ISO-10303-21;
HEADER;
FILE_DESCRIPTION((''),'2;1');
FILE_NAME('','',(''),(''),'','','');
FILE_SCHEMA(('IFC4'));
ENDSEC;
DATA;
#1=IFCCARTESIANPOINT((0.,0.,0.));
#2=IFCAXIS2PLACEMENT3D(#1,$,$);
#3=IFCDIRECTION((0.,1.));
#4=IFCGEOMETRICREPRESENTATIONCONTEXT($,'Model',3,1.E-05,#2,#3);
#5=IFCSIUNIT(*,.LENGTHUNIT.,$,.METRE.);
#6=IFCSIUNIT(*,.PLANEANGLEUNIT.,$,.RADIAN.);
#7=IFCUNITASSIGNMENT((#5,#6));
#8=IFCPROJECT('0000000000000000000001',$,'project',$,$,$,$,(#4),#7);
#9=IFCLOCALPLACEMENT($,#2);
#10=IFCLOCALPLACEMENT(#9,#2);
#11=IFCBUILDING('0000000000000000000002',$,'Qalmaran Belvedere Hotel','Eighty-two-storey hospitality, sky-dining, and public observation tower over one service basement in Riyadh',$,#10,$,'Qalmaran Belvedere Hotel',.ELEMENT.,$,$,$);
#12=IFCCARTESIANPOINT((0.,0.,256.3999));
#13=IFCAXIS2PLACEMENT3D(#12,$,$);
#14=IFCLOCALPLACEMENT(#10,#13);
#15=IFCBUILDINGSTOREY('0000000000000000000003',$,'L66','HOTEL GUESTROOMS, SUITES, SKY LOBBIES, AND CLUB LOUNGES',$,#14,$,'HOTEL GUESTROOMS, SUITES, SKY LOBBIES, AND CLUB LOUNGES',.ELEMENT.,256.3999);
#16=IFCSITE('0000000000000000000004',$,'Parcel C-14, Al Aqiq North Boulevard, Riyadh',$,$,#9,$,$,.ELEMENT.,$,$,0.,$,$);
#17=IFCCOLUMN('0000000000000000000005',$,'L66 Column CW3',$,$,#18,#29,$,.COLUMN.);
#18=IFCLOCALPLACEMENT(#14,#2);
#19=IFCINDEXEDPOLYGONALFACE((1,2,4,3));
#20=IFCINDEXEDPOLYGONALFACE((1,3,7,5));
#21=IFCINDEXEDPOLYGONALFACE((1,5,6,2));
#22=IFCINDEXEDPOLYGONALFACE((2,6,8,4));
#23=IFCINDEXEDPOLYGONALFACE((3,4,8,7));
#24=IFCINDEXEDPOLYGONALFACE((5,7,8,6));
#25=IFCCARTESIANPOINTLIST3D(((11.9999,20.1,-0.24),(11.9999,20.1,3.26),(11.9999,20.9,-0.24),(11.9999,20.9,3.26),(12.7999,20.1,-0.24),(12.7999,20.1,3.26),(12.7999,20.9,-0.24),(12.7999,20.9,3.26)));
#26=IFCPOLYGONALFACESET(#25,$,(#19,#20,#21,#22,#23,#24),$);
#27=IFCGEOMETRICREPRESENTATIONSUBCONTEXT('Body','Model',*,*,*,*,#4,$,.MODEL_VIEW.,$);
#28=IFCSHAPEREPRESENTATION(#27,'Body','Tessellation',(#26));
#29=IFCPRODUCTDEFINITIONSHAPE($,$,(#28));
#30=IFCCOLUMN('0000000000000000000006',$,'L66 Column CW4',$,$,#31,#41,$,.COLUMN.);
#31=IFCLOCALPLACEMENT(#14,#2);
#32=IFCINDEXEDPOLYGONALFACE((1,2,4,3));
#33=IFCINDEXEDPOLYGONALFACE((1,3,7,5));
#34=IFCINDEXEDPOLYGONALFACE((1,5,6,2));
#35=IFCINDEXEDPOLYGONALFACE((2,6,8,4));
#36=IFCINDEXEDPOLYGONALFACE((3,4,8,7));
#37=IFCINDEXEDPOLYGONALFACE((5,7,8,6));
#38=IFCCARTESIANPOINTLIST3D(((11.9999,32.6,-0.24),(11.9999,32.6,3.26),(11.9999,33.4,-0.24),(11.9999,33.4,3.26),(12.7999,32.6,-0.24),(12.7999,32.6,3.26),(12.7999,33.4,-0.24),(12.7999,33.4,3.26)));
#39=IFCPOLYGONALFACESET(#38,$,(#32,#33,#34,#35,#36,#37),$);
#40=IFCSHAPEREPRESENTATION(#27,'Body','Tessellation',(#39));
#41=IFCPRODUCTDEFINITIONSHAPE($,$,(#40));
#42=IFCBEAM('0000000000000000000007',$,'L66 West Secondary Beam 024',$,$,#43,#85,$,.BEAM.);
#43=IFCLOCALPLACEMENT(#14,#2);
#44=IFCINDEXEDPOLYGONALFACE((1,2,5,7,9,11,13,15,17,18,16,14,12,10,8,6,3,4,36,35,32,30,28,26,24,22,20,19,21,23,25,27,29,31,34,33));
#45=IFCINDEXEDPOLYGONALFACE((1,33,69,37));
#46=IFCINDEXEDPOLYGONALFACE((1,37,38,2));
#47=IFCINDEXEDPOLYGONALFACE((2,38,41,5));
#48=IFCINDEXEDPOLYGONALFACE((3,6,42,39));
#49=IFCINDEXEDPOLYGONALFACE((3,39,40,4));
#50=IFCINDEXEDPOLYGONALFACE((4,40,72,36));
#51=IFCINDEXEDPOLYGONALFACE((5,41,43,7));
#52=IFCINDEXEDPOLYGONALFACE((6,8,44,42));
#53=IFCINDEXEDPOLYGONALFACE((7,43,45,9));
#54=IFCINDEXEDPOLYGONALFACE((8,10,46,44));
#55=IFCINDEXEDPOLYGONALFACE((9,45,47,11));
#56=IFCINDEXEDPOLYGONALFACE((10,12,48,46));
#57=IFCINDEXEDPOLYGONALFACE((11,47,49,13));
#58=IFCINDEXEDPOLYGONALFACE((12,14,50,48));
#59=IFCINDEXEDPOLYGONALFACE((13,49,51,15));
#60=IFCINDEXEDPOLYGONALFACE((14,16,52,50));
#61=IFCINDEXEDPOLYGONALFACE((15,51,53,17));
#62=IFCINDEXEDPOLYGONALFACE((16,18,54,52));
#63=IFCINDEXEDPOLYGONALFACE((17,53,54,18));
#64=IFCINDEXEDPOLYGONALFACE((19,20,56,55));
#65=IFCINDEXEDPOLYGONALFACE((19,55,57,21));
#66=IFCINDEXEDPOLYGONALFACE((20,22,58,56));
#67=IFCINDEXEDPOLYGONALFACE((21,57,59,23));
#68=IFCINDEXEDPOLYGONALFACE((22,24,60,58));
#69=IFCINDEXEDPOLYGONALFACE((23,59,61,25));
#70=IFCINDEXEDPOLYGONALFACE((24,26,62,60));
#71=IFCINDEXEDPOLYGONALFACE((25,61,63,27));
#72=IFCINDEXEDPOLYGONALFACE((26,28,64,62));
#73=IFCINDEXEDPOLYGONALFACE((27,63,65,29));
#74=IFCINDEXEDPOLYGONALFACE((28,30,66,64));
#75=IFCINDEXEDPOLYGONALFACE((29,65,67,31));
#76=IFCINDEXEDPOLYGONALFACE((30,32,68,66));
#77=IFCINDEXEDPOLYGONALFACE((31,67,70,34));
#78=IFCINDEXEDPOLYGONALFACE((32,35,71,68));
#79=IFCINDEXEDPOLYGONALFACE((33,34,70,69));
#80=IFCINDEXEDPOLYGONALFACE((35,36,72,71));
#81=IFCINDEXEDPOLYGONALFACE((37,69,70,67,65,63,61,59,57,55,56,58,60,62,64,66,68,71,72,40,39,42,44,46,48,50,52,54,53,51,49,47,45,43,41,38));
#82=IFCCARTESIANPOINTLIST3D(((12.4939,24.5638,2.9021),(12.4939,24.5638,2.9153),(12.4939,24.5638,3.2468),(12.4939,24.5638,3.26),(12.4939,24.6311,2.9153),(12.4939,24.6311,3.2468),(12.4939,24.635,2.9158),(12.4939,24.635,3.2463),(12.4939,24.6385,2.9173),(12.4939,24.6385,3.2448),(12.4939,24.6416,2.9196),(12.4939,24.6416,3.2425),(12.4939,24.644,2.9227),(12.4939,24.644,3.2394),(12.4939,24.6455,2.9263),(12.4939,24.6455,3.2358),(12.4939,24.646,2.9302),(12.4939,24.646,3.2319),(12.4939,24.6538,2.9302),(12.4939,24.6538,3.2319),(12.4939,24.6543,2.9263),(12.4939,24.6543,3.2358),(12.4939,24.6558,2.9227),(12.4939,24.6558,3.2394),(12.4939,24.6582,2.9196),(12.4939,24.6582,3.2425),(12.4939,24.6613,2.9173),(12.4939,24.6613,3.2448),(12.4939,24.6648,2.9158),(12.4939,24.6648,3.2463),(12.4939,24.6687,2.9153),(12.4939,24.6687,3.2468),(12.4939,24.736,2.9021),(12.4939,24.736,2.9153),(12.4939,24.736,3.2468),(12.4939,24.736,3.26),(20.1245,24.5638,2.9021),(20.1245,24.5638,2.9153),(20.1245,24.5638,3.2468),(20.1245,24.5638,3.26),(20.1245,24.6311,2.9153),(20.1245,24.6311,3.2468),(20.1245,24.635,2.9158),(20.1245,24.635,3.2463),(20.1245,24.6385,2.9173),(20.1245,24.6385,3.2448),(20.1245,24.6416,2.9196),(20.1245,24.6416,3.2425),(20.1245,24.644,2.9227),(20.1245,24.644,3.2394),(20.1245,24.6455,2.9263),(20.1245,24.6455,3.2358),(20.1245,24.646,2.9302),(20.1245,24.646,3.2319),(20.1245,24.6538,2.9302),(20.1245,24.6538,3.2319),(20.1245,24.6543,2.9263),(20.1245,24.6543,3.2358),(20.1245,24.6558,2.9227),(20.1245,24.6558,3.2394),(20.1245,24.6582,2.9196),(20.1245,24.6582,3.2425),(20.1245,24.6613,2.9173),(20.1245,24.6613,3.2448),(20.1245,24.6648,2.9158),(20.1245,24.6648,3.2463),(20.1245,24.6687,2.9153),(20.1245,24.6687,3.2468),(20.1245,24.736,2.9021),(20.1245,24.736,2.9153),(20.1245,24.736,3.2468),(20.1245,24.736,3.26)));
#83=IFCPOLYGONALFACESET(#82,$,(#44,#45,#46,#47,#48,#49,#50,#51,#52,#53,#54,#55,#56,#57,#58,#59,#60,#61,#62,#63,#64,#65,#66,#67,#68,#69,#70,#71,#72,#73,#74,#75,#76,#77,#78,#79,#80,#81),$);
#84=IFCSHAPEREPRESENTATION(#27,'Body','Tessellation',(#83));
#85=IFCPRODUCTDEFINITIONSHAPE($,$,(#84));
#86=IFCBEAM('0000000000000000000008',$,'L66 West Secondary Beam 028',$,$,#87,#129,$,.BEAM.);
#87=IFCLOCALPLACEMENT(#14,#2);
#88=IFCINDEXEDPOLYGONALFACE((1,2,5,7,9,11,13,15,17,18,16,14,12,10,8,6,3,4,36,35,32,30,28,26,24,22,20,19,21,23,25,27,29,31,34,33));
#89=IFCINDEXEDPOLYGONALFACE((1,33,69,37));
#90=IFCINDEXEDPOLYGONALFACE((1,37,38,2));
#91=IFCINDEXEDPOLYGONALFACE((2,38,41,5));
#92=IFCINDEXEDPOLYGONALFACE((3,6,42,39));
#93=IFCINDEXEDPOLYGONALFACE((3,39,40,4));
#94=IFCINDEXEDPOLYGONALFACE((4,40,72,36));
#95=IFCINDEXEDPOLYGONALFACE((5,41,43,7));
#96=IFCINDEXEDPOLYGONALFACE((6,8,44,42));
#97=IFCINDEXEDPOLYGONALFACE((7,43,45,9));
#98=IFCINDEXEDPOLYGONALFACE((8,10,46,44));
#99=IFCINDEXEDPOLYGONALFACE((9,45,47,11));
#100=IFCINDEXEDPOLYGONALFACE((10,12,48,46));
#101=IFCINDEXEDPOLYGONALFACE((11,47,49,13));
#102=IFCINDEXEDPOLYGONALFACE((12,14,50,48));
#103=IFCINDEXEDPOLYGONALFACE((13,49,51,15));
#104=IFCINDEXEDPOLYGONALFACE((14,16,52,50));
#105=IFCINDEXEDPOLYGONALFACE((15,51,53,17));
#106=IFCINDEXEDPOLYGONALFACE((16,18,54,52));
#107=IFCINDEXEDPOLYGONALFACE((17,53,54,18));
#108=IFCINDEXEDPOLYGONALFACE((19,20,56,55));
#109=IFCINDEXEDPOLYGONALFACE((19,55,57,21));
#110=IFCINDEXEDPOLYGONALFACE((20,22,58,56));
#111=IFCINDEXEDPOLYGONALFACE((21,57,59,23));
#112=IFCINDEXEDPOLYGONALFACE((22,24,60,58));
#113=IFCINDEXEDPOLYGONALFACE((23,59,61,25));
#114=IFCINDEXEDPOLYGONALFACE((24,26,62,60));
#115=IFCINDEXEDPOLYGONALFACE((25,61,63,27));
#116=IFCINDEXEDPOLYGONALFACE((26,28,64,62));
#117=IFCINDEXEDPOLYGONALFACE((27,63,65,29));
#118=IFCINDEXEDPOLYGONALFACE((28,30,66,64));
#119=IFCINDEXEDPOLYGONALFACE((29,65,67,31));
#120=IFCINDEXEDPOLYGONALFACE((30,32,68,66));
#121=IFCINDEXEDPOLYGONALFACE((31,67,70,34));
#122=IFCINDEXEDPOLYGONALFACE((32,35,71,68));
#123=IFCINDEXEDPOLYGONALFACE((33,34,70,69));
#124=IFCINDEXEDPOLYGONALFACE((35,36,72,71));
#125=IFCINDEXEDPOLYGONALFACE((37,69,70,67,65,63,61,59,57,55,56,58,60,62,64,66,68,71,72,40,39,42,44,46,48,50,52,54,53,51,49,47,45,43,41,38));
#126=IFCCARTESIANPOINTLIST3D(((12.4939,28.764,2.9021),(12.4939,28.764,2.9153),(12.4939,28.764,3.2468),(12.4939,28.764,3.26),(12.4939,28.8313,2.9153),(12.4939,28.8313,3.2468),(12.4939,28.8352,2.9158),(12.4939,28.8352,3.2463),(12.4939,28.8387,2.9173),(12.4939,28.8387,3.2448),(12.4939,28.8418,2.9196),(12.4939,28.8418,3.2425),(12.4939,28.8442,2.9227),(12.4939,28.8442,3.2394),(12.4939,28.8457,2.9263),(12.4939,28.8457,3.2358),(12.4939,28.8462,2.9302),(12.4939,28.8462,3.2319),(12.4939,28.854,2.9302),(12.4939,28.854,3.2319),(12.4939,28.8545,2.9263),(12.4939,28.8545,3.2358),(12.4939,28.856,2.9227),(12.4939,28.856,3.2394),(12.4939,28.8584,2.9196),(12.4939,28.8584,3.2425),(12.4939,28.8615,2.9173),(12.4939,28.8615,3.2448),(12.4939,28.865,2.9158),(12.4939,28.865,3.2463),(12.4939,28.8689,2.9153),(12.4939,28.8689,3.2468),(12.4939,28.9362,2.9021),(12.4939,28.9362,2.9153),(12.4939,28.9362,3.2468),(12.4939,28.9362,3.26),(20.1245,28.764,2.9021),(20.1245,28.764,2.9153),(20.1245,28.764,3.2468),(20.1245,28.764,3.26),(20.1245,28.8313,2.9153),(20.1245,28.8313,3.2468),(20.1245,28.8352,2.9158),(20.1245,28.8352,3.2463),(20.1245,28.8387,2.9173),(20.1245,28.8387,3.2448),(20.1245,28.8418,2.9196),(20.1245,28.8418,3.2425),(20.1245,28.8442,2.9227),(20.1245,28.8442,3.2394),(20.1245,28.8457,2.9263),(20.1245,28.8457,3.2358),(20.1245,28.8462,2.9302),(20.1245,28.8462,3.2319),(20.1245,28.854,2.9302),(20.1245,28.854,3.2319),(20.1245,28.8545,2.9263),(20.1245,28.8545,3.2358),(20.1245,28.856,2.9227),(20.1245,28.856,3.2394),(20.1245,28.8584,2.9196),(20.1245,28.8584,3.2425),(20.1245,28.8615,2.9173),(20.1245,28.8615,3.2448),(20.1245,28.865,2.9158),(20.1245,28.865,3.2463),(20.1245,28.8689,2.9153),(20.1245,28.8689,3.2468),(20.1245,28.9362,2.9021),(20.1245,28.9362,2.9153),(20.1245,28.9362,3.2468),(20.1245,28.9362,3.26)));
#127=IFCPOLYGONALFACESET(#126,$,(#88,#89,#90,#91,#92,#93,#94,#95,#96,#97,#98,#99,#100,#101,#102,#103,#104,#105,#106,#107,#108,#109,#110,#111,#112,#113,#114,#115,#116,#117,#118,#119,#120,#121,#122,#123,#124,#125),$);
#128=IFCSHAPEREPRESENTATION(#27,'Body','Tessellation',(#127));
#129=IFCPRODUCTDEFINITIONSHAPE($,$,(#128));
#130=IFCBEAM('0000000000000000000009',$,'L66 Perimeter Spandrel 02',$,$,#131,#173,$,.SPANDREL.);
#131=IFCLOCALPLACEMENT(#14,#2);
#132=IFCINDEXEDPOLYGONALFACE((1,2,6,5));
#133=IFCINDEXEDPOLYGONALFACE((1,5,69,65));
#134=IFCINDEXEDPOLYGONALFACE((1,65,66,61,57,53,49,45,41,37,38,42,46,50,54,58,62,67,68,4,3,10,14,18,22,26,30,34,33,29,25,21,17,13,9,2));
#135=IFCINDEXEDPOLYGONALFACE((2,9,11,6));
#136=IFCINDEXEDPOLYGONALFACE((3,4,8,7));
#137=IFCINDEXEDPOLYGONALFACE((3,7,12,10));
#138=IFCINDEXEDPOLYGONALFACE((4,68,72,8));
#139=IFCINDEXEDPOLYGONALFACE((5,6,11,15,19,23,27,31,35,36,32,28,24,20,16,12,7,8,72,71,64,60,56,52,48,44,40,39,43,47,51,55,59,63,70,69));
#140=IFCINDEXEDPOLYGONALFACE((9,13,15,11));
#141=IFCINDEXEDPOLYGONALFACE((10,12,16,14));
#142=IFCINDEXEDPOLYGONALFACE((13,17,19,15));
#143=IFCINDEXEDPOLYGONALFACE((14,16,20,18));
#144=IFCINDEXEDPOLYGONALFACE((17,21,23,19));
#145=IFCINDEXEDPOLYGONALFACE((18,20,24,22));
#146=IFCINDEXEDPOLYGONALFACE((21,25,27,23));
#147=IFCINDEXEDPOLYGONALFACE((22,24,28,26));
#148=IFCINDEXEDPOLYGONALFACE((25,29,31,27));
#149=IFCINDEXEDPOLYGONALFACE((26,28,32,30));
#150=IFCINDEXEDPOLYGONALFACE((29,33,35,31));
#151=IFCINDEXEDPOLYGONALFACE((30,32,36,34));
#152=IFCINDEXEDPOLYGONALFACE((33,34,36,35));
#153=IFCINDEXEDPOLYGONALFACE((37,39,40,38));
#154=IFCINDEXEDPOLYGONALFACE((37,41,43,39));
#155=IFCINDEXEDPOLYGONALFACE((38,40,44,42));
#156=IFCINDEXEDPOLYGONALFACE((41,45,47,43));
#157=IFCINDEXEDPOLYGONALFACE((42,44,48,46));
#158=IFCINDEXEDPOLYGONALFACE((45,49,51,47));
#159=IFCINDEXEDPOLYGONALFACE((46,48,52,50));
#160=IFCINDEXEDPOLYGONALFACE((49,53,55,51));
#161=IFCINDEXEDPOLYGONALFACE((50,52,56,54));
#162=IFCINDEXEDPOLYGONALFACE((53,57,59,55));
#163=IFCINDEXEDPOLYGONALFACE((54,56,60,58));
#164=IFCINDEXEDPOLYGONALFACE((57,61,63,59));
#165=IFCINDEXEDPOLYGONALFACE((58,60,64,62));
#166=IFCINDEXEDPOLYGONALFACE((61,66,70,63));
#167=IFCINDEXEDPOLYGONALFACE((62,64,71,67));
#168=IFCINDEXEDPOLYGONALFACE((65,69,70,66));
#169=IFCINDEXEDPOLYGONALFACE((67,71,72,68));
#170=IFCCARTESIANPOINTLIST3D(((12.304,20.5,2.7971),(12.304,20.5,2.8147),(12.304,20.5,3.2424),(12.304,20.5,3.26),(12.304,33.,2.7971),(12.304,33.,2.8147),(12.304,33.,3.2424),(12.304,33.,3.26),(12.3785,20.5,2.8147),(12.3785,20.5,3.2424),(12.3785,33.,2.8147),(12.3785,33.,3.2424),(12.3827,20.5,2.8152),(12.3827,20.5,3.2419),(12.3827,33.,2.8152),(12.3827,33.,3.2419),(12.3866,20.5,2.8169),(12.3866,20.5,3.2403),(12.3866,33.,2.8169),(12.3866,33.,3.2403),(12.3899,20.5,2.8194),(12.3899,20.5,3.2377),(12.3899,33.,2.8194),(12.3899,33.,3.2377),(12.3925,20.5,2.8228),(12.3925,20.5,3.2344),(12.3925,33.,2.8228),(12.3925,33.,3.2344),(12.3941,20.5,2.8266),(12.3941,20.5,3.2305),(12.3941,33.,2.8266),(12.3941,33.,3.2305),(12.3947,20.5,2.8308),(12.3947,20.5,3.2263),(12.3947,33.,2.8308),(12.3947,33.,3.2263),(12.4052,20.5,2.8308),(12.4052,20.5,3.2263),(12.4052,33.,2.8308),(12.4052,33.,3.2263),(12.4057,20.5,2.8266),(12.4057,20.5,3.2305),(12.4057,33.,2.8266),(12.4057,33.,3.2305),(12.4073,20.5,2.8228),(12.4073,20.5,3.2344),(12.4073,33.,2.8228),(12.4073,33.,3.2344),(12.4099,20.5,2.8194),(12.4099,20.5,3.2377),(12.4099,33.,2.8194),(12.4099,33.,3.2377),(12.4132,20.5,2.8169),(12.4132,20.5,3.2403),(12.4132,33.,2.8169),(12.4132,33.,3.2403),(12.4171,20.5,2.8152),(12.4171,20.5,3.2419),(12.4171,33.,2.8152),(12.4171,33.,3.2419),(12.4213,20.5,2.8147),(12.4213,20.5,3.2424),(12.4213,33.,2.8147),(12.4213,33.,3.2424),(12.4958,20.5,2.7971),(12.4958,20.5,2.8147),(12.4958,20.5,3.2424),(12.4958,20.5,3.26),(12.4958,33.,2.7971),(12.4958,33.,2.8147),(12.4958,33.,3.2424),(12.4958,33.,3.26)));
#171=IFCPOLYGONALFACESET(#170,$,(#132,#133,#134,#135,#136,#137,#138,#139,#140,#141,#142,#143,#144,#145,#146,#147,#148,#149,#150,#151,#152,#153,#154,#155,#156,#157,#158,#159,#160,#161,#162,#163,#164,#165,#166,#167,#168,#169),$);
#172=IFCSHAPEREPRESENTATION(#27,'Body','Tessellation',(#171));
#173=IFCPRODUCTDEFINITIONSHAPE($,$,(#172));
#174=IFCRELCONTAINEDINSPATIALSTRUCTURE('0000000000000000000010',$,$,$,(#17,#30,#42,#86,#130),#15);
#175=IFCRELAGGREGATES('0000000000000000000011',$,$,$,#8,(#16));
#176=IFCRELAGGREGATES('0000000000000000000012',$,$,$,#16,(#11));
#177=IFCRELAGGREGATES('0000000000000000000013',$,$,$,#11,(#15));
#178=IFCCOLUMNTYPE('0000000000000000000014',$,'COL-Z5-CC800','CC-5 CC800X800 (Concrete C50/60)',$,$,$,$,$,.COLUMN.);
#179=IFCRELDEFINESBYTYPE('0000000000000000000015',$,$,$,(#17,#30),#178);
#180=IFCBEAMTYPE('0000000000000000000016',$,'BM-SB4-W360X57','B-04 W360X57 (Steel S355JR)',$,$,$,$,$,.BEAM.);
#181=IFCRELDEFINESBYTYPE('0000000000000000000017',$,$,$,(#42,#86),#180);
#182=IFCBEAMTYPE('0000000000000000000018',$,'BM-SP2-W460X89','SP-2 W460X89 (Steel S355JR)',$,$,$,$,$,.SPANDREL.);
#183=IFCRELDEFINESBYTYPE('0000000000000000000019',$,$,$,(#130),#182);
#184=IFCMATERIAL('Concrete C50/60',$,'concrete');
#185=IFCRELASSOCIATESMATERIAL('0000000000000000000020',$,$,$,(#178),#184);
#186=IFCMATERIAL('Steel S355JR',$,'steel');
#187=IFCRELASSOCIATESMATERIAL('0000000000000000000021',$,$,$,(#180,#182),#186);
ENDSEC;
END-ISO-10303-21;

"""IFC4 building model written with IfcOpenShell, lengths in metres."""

from ifc_helpers import new_model, si_unit, direction, frame, origin, origin_2d, place, context, subcontext, project, spatial, rectangle, i_section, extrude, material, material_profile, profile_set, type_object, element, save


model = new_model("IFC4")

# Units and contexts
model_context = context("Model", 3, precision=1e-05, world=origin(), true_north=direction((0.0, 1.0)))
body_context = subcontext(model_context, "Body", "Model", "MODEL_VIEW")
ifc_project = project(units=[si_unit("LENGTHUNIT", "METRE"), si_unit("PLANEANGLEUNIT", "RADIAN")], contexts=[model_context])

# Site, building, storey
site_placement = place(None, origin())
site = spatial("IfcSite", under=ifc_project, at=site_placement, Name="Parcel C-14, Al Aqiq North Boulevard, Riyadh", CompositionType="ELEMENT", RefElevation=0.0)
building_placement = place(site_placement, origin())
building = spatial("IfcBuilding", under=site, at=building_placement, Name="Qalmaran Belvedere Hotel", Description="Eighty-two-storey hospitality, sky-dining, and public observation tower over one service basement in Riyadh", LongName="Qalmaran Belvedere Hotel", CompositionType="ELEMENT")
storey_placement = place(building_placement, frame((0.0, 0.0, 256.3999)))
storey = spatial("IfcBuildingStorey", under=building, at=storey_placement, Name="L66", Description="HOTEL GUESTROOMS, SUITES, SKY LOBBIES, AND CLUB LOUNGES", LongName="HOTEL GUESTROOMS, SUITES, SKY LOBBIES, AND CLUB LOUNGES", CompositionType="ELEMENT", Elevation=256.3999)

# Columns
ifc_material_1 = material(Name="Concrete C50/60", Category="concrete")
ifc_material_profile_1 = material_profile(ifc_material_1, rectangle(XDim=0.8, YDim=0.8, at=origin_2d()), Name="CC800X800")
ifc_profile_set_1 = profile_set([ifc_material_profile_1], Name="Concrete C50/60")
column_type = type_object("IfcColumnType", Name="COL-Z5-CC800", Description="CC-5 CC800X800 (Concrete C50/60)", PredefinedType="COLUMN", material=ifc_profile_set_1)
for number, where, z_axis, x_axis, name in (
    (1, (12.3999, 20.5, -0.24), (0.0, 0.0, 1.0), (1.0, 0.0, 0.0), "L66 Column CW3"),
    (2, (12.3999, 33.0, -0.24), (0.0, 0.0, 1.0), (1.0, 0.0, 0.0), "L66 Column CW4"),
):
    element("IfcColumn", number, at=place(storey_placement, frame(where, z_axis=z_axis, x_axis=x_axis)), inside=storey, type_object=column_type, Name=name, PredefinedType="COLUMN", context=body_context, shape_type="SweptSolid", body=[
        extrude(rectangle(XDim=0.8, YDim=0.8, at=origin_2d()), origin(), (0.0, 0.0, 1.0), 3.5),
    ])

# Beams
ifc_material_2 = material(Name="Steel S355JR", Category="steel")
ifc_material_profile_2 = material_profile(ifc_material_2, i_section(OverallWidth=0.1721, OverallDepth=0.3579, WebThickness=0.0078, FlangeThickness=0.0132, FilletRadius=0.0149, at=origin_2d()), Name="W360X57")
ifc_profile_set_2 = profile_set([ifc_material_profile_2], Name="Steel S355JR")
beam_type_1 = type_object("IfcBeamType", Name="BM-SB4-W360X57", Description="B-04 W360X57 (Steel S355JR)", PredefinedType="BEAM", material=ifc_profile_set_2)
for number, where, z_axis, x_axis, name in (
    (3, (12.4939, 24.6499, 3.0811), (1.0, 0.0, 0.0), (0.0, 1.0, 0.0), "L66 West Secondary Beam 024"),
    (4, (12.4939, 28.8501, 3.0811), (1.0, 0.0, 0.0), (0.0, 1.0, 0.0), "L66 West Secondary Beam 028"),
):
    element("IfcBeam", number, at=place(storey_placement, frame(where, z_axis=z_axis, x_axis=x_axis)), inside=storey, type_object=beam_type_1, Name=name, PredefinedType="BEAM", context=body_context, shape_type="SweptSolid", body=[
        extrude(i_section(OverallWidth=0.1721, OverallDepth=0.3579, WebThickness=0.0078, FlangeThickness=0.0132, FilletRadius=0.0149, at=origin_2d()), origin(), (0.0, 0.0, 1.0), 7.6306),
    ])
ifc_material_profile_3 = material_profile(ifc_material_2, i_section(OverallWidth=0.1919, OverallDepth=0.4629, WebThickness=0.0105, FlangeThickness=0.0176, FilletRadius=0.0161, at=origin_2d()), Name="W460X89")
ifc_profile_set_3 = profile_set([ifc_material_profile_3], Name="Steel S355JR")
beam_type_2 = type_object("IfcBeamType", Name="BM-SP2-W460X89", Description="SP-2 W460X89 (Steel S355JR)", PredefinedType="SPANDREL", material=ifc_profile_set_3)
beam_placement = place(storey_placement, frame((12.3999, 20.5, 3.0286), z_axis=(0.0, 1.0, 0.0), x_axis=(-1.0, 0.0, 0.0)))
element("IfcBeam", 5, at=beam_placement, inside=storey, type_object=beam_type_2, Name="L66 Perimeter Spandrel 02", PredefinedType="SPANDREL", context=body_context, shape_type="SweptSolid", body=[
    extrude(i_section(OverallWidth=0.1919, OverallDepth=0.4629, WebThickness=0.0105, FlangeThickness=0.0176, FilletRadius=0.0161, at=origin_2d()), origin(), (0.0, 0.0, 1.0), 12.5),
])

save(model, "model.ifc")
